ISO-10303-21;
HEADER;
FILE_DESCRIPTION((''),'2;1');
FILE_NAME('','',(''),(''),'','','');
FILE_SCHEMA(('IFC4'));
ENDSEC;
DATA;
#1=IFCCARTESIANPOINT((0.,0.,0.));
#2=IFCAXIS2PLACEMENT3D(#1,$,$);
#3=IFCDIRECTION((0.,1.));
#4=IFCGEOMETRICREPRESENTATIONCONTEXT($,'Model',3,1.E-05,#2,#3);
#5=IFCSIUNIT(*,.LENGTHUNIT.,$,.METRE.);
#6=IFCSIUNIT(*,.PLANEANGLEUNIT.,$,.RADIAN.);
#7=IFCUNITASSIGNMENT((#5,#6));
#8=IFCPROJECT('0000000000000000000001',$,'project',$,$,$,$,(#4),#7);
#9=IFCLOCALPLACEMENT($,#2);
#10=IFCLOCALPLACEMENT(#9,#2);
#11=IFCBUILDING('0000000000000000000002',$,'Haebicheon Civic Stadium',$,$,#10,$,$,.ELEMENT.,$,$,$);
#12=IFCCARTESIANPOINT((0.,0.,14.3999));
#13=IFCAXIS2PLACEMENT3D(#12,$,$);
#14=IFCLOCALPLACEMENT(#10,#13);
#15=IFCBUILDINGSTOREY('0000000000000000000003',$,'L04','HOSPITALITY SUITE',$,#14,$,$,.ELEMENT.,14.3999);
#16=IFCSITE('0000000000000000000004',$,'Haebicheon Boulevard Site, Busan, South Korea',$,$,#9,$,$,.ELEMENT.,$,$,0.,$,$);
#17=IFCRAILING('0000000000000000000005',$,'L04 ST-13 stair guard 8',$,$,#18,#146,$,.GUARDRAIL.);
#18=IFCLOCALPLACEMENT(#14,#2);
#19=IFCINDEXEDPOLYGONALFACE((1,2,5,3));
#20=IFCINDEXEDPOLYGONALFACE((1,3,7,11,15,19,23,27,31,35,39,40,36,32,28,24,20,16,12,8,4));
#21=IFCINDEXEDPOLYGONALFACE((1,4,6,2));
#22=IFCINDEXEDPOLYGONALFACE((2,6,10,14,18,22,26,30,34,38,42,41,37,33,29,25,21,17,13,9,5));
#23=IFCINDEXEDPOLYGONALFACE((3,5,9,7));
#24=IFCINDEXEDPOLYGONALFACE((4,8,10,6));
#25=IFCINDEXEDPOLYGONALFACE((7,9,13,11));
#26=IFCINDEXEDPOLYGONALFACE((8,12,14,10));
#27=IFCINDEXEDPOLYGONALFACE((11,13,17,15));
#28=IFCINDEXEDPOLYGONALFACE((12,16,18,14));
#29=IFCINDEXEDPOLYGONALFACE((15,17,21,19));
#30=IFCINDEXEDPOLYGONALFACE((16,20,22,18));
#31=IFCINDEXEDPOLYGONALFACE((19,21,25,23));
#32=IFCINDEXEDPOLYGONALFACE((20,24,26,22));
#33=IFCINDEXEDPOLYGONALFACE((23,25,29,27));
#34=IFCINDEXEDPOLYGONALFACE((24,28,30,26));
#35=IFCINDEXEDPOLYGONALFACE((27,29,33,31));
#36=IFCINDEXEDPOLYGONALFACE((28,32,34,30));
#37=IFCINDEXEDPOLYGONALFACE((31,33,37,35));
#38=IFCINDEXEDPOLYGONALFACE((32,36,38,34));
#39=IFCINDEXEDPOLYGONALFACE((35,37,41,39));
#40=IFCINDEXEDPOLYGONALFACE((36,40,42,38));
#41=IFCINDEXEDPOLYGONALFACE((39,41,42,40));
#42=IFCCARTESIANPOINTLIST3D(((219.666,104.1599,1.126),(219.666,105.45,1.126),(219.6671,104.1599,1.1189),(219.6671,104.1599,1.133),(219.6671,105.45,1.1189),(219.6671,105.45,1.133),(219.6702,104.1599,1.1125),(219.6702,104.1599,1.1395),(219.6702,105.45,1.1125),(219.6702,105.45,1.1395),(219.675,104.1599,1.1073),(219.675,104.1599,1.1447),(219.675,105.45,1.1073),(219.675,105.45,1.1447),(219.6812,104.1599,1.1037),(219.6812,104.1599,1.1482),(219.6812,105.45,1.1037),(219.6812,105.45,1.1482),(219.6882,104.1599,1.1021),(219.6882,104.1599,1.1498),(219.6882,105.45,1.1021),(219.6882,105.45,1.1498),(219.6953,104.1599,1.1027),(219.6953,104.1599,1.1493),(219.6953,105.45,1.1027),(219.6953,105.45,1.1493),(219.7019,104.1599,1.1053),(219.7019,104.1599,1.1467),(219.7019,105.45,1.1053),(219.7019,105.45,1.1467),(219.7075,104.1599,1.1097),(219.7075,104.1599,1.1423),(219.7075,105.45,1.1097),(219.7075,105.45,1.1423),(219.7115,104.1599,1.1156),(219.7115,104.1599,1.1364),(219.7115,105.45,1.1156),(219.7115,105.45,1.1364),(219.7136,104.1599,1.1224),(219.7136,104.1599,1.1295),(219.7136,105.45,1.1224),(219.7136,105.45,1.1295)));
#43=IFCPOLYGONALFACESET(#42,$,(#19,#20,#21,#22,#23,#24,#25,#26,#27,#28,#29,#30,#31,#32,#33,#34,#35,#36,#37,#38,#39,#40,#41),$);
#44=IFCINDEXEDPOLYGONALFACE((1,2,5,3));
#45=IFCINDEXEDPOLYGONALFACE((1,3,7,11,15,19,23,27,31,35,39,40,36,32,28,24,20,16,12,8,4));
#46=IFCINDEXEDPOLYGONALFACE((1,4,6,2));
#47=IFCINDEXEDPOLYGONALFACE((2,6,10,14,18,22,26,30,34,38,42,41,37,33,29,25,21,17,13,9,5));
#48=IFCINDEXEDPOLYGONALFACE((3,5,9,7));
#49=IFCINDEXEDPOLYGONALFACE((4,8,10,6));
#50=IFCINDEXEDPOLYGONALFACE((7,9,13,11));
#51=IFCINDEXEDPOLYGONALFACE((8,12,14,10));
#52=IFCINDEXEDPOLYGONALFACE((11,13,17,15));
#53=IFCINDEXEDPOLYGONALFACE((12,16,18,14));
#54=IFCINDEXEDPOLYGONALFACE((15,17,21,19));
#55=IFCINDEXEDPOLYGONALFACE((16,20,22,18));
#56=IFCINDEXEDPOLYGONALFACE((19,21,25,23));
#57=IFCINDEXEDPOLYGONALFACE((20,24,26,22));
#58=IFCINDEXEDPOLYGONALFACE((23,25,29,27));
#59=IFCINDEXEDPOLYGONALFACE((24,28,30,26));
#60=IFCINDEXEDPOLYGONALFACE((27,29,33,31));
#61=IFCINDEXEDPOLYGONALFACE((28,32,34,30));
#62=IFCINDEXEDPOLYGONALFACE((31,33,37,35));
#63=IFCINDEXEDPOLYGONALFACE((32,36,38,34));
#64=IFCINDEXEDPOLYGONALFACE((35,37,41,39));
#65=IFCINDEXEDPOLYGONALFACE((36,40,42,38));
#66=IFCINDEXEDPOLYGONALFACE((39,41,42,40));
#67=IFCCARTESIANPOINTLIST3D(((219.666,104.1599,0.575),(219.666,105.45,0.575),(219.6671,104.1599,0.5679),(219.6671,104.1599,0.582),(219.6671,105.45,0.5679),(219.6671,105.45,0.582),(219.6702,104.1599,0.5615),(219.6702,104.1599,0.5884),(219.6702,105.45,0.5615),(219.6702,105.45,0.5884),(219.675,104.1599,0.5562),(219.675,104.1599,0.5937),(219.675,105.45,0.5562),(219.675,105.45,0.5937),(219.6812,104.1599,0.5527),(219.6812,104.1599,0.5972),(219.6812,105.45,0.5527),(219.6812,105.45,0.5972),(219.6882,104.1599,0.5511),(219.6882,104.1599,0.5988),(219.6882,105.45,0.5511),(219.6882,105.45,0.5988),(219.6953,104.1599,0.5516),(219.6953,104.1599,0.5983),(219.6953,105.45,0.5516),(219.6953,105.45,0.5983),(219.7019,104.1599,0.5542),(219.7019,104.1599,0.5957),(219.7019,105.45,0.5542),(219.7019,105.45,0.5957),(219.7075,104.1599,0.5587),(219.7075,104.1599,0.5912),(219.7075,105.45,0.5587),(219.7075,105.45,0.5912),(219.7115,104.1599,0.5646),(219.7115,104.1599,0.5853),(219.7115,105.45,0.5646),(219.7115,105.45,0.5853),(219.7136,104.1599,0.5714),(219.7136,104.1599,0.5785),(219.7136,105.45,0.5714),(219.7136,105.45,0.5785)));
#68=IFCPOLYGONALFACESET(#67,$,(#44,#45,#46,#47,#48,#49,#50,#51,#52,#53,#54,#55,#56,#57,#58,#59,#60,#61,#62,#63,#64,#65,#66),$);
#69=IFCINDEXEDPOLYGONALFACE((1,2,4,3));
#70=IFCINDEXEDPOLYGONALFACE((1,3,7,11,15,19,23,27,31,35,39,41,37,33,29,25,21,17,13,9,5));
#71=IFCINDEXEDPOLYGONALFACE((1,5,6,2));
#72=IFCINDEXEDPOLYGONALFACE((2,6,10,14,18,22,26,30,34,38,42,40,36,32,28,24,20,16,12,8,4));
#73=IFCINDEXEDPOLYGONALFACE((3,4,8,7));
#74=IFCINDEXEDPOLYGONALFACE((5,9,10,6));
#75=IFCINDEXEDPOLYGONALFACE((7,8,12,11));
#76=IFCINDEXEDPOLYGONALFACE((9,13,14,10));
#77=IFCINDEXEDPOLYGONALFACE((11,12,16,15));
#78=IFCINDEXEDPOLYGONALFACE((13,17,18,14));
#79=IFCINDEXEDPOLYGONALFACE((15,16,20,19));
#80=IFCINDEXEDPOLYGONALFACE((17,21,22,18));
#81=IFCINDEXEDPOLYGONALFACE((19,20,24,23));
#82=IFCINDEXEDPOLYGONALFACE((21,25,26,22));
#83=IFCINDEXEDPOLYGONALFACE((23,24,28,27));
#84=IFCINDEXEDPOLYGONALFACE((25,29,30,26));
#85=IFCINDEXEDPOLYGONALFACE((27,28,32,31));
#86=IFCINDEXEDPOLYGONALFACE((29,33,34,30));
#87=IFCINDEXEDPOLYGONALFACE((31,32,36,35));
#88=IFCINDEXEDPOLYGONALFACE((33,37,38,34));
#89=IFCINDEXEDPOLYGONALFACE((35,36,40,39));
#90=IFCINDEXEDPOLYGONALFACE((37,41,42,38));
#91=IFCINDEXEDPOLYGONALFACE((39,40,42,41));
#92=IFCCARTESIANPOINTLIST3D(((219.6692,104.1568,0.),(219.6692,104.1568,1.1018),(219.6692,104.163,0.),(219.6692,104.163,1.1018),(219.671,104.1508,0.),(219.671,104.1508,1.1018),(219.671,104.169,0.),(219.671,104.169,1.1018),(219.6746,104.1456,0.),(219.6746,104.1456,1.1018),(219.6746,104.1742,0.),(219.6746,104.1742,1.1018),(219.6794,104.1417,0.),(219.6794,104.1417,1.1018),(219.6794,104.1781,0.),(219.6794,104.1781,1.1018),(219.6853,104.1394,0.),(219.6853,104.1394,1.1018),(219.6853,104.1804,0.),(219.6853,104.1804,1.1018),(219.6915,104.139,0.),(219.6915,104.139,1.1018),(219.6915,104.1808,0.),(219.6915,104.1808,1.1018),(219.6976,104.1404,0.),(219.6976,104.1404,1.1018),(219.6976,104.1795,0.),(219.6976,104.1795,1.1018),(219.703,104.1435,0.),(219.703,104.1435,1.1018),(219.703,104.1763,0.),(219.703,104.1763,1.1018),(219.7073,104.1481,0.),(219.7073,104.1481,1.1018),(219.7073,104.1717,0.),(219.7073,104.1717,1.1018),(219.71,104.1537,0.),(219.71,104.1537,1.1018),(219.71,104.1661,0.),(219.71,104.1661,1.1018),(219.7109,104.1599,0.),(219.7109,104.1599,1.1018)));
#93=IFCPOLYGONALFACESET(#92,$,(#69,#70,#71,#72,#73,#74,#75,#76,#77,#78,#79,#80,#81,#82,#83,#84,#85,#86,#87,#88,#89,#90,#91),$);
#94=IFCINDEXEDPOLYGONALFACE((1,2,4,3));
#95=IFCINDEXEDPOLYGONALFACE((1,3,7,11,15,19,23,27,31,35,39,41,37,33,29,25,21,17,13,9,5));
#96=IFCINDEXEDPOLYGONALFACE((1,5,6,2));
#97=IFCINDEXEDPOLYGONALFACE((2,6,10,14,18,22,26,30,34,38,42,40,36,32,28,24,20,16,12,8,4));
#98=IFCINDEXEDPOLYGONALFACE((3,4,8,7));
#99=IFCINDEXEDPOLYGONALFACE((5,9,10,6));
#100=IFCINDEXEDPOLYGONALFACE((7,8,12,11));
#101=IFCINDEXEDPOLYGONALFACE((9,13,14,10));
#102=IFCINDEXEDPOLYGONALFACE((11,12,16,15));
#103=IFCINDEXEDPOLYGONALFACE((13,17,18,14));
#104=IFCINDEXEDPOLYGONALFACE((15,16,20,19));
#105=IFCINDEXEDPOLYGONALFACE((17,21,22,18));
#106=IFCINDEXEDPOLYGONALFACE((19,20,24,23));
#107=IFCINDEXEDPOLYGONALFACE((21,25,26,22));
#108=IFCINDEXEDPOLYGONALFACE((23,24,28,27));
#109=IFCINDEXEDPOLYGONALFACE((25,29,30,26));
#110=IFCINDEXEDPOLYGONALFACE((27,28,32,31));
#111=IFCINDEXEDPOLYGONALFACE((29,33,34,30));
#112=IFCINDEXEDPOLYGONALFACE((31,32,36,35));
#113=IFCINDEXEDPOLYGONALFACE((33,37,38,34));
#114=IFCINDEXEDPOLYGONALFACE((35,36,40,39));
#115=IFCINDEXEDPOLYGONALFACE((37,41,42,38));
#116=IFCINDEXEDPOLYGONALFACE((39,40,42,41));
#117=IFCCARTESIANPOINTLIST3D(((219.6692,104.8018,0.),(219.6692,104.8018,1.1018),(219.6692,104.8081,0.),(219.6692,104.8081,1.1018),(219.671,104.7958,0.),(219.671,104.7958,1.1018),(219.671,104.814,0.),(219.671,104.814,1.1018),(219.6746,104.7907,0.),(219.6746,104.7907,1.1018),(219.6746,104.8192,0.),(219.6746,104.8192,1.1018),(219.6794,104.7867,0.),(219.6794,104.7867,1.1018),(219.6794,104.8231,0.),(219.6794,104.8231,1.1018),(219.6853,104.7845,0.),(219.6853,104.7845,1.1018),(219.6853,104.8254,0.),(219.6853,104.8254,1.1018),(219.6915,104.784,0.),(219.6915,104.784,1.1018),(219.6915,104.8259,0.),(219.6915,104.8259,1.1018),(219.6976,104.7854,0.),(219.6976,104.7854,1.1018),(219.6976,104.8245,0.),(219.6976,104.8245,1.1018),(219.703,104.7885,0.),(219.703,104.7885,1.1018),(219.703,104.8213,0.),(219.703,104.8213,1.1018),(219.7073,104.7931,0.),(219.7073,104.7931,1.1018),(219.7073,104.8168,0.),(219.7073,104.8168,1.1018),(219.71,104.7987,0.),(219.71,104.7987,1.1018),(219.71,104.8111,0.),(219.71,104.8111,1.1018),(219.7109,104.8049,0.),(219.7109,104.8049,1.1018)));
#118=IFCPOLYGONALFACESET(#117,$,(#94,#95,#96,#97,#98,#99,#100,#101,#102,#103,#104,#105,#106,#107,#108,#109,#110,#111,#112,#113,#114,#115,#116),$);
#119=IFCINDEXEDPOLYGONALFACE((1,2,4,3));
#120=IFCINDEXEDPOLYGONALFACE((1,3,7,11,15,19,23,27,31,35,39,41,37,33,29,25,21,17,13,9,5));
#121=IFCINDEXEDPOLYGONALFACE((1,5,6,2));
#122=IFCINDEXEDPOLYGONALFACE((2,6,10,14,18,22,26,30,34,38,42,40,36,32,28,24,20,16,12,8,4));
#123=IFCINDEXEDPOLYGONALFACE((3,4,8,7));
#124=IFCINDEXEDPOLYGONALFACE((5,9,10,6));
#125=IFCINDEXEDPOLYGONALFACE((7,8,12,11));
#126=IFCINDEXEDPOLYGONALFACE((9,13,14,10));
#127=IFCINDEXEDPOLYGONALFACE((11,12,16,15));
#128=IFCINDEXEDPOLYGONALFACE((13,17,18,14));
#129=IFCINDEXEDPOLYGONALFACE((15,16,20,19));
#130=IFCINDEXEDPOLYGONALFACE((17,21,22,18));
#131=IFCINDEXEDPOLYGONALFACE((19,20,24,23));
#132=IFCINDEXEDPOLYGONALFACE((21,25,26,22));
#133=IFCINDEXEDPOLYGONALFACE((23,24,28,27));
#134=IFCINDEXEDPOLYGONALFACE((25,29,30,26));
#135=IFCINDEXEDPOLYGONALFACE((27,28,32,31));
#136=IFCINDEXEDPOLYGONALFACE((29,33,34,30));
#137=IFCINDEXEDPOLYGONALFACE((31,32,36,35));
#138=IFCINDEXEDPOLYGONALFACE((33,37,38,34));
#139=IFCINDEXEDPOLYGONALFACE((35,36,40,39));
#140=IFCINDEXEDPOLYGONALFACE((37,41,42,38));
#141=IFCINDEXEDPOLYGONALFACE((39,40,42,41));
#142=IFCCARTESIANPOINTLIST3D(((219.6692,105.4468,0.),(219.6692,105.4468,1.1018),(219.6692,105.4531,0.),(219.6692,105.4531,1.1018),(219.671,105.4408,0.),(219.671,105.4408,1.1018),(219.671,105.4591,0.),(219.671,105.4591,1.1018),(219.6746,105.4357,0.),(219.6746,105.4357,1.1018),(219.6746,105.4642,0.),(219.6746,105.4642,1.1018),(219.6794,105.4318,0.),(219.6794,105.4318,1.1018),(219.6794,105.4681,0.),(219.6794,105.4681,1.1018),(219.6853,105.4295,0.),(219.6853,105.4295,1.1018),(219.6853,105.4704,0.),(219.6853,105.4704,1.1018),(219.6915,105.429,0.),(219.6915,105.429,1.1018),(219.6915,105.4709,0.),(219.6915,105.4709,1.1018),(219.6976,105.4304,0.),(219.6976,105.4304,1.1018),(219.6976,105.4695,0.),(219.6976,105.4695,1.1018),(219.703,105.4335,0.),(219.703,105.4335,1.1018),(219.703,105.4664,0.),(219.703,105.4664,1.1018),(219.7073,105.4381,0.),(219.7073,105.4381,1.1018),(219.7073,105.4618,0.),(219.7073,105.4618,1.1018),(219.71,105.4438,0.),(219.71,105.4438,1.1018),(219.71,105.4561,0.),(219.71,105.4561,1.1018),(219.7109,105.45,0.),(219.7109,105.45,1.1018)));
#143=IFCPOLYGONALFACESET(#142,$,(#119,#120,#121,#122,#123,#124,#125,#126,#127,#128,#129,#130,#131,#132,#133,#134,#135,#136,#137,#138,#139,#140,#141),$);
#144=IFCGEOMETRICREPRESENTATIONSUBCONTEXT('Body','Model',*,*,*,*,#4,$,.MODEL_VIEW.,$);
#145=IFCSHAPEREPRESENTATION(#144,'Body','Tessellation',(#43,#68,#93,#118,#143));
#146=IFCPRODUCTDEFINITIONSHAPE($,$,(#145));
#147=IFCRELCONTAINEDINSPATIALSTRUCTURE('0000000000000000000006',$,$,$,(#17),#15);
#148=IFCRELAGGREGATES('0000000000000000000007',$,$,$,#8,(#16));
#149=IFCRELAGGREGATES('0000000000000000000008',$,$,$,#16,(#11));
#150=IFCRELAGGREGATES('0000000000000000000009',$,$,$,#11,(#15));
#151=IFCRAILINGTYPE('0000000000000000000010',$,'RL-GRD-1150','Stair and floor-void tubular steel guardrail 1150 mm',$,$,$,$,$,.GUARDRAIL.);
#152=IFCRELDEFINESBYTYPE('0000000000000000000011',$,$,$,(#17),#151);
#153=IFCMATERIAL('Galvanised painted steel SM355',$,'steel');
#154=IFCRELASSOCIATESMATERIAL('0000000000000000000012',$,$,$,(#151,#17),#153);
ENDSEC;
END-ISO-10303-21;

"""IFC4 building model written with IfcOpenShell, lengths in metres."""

from ifc_helpers import new_model, si_unit, direction, frame, origin, origin_2d, place, context, subcontext, project, spatial, circle, extrude, material, type_object, element, save


model = new_model("IFC4")

# Units and contexts
model_context = context("Model", 3, precision=1e-05, world=origin(), true_north=direction((0.0, 1.0)))
body_context = subcontext(model_context, "Body", "Model", "MODEL_VIEW")
ifc_project = project(units=[si_unit("LENGTHUNIT", "METRE"), si_unit("PLANEANGLEUNIT", "RADIAN")], contexts=[model_context])

# Site, building, storey
site_placement = place(None, origin())
site = spatial("IfcSite", under=ifc_project, at=site_placement, Name="Haebicheon Boulevard Site, Busan, South Korea", CompositionType="ELEMENT", RefElevation=0.0)
building_placement = place(site_placement, origin())
building = spatial("IfcBuilding", under=site, at=building_placement, Name="Haebicheon Civic Stadium", CompositionType="ELEMENT")
storey_placement = place(building_placement, frame((0.0, 0.0, 14.3999)))
storey = spatial("IfcBuildingStorey", under=building, at=storey_placement, Name="L04", Description="HOSPITALITY SUITE", CompositionType="ELEMENT", Elevation=14.3999)

# Railing
ifc_material_1 = material(Name="Galvanised painted steel SM355", Category="steel")
railing_type = type_object("IfcRailingType", Name="RL-GRD-1150", Description="Stair and floor-void tubular steel guardrail 1150 mm", PredefinedType="GUARDRAIL", material=ifc_material_1)
for number, where, name in (
    (1, (219.6899, 104.1599, 0.0), "L04 ST-13 stair guard 8"),
):
    element("IfcRailing", number, at=place(storey_placement, frame(where)), inside=storey, type_object=railing_type, material=ifc_material_1, Name=name, PredefinedType="GUARDRAIL", context=body_context, shape_type="SweptSolid", body=[
        extrude(circle(Radius=0.0239, at=origin_2d()), frame((0.0, 0.0, 1.126), z_axis=(0.0, 1.0, 0.0), x_axis=(-1.0, 0.0, 0.0)), (0.0, 0.0, 1.0), 1.29),
        extrude(circle(Radius=0.0239, at=origin_2d()), frame((0.0, 0.0, 0.575), z_axis=(0.0, 1.0, 0.0), x_axis=(-1.0, 0.0, 0.0)), (0.0, 0.0, 1.0), 1.29),
        extrude(circle(Radius=0.021, at=origin_2d()), origin(), (0.0, 0.0, 1.0), 1.1018),
        extrude(circle(Radius=0.021, at=origin_2d()), frame((0.0, 0.645, 0.0)), (0.0, 0.0, 1.0), 1.1018),
        extrude(circle(Radius=0.021, at=origin_2d()), frame((0.0, 1.29, 0.0)), (0.0, 0.0, 1.0), 1.1018),
    ])

save(model, "model.ifc")
